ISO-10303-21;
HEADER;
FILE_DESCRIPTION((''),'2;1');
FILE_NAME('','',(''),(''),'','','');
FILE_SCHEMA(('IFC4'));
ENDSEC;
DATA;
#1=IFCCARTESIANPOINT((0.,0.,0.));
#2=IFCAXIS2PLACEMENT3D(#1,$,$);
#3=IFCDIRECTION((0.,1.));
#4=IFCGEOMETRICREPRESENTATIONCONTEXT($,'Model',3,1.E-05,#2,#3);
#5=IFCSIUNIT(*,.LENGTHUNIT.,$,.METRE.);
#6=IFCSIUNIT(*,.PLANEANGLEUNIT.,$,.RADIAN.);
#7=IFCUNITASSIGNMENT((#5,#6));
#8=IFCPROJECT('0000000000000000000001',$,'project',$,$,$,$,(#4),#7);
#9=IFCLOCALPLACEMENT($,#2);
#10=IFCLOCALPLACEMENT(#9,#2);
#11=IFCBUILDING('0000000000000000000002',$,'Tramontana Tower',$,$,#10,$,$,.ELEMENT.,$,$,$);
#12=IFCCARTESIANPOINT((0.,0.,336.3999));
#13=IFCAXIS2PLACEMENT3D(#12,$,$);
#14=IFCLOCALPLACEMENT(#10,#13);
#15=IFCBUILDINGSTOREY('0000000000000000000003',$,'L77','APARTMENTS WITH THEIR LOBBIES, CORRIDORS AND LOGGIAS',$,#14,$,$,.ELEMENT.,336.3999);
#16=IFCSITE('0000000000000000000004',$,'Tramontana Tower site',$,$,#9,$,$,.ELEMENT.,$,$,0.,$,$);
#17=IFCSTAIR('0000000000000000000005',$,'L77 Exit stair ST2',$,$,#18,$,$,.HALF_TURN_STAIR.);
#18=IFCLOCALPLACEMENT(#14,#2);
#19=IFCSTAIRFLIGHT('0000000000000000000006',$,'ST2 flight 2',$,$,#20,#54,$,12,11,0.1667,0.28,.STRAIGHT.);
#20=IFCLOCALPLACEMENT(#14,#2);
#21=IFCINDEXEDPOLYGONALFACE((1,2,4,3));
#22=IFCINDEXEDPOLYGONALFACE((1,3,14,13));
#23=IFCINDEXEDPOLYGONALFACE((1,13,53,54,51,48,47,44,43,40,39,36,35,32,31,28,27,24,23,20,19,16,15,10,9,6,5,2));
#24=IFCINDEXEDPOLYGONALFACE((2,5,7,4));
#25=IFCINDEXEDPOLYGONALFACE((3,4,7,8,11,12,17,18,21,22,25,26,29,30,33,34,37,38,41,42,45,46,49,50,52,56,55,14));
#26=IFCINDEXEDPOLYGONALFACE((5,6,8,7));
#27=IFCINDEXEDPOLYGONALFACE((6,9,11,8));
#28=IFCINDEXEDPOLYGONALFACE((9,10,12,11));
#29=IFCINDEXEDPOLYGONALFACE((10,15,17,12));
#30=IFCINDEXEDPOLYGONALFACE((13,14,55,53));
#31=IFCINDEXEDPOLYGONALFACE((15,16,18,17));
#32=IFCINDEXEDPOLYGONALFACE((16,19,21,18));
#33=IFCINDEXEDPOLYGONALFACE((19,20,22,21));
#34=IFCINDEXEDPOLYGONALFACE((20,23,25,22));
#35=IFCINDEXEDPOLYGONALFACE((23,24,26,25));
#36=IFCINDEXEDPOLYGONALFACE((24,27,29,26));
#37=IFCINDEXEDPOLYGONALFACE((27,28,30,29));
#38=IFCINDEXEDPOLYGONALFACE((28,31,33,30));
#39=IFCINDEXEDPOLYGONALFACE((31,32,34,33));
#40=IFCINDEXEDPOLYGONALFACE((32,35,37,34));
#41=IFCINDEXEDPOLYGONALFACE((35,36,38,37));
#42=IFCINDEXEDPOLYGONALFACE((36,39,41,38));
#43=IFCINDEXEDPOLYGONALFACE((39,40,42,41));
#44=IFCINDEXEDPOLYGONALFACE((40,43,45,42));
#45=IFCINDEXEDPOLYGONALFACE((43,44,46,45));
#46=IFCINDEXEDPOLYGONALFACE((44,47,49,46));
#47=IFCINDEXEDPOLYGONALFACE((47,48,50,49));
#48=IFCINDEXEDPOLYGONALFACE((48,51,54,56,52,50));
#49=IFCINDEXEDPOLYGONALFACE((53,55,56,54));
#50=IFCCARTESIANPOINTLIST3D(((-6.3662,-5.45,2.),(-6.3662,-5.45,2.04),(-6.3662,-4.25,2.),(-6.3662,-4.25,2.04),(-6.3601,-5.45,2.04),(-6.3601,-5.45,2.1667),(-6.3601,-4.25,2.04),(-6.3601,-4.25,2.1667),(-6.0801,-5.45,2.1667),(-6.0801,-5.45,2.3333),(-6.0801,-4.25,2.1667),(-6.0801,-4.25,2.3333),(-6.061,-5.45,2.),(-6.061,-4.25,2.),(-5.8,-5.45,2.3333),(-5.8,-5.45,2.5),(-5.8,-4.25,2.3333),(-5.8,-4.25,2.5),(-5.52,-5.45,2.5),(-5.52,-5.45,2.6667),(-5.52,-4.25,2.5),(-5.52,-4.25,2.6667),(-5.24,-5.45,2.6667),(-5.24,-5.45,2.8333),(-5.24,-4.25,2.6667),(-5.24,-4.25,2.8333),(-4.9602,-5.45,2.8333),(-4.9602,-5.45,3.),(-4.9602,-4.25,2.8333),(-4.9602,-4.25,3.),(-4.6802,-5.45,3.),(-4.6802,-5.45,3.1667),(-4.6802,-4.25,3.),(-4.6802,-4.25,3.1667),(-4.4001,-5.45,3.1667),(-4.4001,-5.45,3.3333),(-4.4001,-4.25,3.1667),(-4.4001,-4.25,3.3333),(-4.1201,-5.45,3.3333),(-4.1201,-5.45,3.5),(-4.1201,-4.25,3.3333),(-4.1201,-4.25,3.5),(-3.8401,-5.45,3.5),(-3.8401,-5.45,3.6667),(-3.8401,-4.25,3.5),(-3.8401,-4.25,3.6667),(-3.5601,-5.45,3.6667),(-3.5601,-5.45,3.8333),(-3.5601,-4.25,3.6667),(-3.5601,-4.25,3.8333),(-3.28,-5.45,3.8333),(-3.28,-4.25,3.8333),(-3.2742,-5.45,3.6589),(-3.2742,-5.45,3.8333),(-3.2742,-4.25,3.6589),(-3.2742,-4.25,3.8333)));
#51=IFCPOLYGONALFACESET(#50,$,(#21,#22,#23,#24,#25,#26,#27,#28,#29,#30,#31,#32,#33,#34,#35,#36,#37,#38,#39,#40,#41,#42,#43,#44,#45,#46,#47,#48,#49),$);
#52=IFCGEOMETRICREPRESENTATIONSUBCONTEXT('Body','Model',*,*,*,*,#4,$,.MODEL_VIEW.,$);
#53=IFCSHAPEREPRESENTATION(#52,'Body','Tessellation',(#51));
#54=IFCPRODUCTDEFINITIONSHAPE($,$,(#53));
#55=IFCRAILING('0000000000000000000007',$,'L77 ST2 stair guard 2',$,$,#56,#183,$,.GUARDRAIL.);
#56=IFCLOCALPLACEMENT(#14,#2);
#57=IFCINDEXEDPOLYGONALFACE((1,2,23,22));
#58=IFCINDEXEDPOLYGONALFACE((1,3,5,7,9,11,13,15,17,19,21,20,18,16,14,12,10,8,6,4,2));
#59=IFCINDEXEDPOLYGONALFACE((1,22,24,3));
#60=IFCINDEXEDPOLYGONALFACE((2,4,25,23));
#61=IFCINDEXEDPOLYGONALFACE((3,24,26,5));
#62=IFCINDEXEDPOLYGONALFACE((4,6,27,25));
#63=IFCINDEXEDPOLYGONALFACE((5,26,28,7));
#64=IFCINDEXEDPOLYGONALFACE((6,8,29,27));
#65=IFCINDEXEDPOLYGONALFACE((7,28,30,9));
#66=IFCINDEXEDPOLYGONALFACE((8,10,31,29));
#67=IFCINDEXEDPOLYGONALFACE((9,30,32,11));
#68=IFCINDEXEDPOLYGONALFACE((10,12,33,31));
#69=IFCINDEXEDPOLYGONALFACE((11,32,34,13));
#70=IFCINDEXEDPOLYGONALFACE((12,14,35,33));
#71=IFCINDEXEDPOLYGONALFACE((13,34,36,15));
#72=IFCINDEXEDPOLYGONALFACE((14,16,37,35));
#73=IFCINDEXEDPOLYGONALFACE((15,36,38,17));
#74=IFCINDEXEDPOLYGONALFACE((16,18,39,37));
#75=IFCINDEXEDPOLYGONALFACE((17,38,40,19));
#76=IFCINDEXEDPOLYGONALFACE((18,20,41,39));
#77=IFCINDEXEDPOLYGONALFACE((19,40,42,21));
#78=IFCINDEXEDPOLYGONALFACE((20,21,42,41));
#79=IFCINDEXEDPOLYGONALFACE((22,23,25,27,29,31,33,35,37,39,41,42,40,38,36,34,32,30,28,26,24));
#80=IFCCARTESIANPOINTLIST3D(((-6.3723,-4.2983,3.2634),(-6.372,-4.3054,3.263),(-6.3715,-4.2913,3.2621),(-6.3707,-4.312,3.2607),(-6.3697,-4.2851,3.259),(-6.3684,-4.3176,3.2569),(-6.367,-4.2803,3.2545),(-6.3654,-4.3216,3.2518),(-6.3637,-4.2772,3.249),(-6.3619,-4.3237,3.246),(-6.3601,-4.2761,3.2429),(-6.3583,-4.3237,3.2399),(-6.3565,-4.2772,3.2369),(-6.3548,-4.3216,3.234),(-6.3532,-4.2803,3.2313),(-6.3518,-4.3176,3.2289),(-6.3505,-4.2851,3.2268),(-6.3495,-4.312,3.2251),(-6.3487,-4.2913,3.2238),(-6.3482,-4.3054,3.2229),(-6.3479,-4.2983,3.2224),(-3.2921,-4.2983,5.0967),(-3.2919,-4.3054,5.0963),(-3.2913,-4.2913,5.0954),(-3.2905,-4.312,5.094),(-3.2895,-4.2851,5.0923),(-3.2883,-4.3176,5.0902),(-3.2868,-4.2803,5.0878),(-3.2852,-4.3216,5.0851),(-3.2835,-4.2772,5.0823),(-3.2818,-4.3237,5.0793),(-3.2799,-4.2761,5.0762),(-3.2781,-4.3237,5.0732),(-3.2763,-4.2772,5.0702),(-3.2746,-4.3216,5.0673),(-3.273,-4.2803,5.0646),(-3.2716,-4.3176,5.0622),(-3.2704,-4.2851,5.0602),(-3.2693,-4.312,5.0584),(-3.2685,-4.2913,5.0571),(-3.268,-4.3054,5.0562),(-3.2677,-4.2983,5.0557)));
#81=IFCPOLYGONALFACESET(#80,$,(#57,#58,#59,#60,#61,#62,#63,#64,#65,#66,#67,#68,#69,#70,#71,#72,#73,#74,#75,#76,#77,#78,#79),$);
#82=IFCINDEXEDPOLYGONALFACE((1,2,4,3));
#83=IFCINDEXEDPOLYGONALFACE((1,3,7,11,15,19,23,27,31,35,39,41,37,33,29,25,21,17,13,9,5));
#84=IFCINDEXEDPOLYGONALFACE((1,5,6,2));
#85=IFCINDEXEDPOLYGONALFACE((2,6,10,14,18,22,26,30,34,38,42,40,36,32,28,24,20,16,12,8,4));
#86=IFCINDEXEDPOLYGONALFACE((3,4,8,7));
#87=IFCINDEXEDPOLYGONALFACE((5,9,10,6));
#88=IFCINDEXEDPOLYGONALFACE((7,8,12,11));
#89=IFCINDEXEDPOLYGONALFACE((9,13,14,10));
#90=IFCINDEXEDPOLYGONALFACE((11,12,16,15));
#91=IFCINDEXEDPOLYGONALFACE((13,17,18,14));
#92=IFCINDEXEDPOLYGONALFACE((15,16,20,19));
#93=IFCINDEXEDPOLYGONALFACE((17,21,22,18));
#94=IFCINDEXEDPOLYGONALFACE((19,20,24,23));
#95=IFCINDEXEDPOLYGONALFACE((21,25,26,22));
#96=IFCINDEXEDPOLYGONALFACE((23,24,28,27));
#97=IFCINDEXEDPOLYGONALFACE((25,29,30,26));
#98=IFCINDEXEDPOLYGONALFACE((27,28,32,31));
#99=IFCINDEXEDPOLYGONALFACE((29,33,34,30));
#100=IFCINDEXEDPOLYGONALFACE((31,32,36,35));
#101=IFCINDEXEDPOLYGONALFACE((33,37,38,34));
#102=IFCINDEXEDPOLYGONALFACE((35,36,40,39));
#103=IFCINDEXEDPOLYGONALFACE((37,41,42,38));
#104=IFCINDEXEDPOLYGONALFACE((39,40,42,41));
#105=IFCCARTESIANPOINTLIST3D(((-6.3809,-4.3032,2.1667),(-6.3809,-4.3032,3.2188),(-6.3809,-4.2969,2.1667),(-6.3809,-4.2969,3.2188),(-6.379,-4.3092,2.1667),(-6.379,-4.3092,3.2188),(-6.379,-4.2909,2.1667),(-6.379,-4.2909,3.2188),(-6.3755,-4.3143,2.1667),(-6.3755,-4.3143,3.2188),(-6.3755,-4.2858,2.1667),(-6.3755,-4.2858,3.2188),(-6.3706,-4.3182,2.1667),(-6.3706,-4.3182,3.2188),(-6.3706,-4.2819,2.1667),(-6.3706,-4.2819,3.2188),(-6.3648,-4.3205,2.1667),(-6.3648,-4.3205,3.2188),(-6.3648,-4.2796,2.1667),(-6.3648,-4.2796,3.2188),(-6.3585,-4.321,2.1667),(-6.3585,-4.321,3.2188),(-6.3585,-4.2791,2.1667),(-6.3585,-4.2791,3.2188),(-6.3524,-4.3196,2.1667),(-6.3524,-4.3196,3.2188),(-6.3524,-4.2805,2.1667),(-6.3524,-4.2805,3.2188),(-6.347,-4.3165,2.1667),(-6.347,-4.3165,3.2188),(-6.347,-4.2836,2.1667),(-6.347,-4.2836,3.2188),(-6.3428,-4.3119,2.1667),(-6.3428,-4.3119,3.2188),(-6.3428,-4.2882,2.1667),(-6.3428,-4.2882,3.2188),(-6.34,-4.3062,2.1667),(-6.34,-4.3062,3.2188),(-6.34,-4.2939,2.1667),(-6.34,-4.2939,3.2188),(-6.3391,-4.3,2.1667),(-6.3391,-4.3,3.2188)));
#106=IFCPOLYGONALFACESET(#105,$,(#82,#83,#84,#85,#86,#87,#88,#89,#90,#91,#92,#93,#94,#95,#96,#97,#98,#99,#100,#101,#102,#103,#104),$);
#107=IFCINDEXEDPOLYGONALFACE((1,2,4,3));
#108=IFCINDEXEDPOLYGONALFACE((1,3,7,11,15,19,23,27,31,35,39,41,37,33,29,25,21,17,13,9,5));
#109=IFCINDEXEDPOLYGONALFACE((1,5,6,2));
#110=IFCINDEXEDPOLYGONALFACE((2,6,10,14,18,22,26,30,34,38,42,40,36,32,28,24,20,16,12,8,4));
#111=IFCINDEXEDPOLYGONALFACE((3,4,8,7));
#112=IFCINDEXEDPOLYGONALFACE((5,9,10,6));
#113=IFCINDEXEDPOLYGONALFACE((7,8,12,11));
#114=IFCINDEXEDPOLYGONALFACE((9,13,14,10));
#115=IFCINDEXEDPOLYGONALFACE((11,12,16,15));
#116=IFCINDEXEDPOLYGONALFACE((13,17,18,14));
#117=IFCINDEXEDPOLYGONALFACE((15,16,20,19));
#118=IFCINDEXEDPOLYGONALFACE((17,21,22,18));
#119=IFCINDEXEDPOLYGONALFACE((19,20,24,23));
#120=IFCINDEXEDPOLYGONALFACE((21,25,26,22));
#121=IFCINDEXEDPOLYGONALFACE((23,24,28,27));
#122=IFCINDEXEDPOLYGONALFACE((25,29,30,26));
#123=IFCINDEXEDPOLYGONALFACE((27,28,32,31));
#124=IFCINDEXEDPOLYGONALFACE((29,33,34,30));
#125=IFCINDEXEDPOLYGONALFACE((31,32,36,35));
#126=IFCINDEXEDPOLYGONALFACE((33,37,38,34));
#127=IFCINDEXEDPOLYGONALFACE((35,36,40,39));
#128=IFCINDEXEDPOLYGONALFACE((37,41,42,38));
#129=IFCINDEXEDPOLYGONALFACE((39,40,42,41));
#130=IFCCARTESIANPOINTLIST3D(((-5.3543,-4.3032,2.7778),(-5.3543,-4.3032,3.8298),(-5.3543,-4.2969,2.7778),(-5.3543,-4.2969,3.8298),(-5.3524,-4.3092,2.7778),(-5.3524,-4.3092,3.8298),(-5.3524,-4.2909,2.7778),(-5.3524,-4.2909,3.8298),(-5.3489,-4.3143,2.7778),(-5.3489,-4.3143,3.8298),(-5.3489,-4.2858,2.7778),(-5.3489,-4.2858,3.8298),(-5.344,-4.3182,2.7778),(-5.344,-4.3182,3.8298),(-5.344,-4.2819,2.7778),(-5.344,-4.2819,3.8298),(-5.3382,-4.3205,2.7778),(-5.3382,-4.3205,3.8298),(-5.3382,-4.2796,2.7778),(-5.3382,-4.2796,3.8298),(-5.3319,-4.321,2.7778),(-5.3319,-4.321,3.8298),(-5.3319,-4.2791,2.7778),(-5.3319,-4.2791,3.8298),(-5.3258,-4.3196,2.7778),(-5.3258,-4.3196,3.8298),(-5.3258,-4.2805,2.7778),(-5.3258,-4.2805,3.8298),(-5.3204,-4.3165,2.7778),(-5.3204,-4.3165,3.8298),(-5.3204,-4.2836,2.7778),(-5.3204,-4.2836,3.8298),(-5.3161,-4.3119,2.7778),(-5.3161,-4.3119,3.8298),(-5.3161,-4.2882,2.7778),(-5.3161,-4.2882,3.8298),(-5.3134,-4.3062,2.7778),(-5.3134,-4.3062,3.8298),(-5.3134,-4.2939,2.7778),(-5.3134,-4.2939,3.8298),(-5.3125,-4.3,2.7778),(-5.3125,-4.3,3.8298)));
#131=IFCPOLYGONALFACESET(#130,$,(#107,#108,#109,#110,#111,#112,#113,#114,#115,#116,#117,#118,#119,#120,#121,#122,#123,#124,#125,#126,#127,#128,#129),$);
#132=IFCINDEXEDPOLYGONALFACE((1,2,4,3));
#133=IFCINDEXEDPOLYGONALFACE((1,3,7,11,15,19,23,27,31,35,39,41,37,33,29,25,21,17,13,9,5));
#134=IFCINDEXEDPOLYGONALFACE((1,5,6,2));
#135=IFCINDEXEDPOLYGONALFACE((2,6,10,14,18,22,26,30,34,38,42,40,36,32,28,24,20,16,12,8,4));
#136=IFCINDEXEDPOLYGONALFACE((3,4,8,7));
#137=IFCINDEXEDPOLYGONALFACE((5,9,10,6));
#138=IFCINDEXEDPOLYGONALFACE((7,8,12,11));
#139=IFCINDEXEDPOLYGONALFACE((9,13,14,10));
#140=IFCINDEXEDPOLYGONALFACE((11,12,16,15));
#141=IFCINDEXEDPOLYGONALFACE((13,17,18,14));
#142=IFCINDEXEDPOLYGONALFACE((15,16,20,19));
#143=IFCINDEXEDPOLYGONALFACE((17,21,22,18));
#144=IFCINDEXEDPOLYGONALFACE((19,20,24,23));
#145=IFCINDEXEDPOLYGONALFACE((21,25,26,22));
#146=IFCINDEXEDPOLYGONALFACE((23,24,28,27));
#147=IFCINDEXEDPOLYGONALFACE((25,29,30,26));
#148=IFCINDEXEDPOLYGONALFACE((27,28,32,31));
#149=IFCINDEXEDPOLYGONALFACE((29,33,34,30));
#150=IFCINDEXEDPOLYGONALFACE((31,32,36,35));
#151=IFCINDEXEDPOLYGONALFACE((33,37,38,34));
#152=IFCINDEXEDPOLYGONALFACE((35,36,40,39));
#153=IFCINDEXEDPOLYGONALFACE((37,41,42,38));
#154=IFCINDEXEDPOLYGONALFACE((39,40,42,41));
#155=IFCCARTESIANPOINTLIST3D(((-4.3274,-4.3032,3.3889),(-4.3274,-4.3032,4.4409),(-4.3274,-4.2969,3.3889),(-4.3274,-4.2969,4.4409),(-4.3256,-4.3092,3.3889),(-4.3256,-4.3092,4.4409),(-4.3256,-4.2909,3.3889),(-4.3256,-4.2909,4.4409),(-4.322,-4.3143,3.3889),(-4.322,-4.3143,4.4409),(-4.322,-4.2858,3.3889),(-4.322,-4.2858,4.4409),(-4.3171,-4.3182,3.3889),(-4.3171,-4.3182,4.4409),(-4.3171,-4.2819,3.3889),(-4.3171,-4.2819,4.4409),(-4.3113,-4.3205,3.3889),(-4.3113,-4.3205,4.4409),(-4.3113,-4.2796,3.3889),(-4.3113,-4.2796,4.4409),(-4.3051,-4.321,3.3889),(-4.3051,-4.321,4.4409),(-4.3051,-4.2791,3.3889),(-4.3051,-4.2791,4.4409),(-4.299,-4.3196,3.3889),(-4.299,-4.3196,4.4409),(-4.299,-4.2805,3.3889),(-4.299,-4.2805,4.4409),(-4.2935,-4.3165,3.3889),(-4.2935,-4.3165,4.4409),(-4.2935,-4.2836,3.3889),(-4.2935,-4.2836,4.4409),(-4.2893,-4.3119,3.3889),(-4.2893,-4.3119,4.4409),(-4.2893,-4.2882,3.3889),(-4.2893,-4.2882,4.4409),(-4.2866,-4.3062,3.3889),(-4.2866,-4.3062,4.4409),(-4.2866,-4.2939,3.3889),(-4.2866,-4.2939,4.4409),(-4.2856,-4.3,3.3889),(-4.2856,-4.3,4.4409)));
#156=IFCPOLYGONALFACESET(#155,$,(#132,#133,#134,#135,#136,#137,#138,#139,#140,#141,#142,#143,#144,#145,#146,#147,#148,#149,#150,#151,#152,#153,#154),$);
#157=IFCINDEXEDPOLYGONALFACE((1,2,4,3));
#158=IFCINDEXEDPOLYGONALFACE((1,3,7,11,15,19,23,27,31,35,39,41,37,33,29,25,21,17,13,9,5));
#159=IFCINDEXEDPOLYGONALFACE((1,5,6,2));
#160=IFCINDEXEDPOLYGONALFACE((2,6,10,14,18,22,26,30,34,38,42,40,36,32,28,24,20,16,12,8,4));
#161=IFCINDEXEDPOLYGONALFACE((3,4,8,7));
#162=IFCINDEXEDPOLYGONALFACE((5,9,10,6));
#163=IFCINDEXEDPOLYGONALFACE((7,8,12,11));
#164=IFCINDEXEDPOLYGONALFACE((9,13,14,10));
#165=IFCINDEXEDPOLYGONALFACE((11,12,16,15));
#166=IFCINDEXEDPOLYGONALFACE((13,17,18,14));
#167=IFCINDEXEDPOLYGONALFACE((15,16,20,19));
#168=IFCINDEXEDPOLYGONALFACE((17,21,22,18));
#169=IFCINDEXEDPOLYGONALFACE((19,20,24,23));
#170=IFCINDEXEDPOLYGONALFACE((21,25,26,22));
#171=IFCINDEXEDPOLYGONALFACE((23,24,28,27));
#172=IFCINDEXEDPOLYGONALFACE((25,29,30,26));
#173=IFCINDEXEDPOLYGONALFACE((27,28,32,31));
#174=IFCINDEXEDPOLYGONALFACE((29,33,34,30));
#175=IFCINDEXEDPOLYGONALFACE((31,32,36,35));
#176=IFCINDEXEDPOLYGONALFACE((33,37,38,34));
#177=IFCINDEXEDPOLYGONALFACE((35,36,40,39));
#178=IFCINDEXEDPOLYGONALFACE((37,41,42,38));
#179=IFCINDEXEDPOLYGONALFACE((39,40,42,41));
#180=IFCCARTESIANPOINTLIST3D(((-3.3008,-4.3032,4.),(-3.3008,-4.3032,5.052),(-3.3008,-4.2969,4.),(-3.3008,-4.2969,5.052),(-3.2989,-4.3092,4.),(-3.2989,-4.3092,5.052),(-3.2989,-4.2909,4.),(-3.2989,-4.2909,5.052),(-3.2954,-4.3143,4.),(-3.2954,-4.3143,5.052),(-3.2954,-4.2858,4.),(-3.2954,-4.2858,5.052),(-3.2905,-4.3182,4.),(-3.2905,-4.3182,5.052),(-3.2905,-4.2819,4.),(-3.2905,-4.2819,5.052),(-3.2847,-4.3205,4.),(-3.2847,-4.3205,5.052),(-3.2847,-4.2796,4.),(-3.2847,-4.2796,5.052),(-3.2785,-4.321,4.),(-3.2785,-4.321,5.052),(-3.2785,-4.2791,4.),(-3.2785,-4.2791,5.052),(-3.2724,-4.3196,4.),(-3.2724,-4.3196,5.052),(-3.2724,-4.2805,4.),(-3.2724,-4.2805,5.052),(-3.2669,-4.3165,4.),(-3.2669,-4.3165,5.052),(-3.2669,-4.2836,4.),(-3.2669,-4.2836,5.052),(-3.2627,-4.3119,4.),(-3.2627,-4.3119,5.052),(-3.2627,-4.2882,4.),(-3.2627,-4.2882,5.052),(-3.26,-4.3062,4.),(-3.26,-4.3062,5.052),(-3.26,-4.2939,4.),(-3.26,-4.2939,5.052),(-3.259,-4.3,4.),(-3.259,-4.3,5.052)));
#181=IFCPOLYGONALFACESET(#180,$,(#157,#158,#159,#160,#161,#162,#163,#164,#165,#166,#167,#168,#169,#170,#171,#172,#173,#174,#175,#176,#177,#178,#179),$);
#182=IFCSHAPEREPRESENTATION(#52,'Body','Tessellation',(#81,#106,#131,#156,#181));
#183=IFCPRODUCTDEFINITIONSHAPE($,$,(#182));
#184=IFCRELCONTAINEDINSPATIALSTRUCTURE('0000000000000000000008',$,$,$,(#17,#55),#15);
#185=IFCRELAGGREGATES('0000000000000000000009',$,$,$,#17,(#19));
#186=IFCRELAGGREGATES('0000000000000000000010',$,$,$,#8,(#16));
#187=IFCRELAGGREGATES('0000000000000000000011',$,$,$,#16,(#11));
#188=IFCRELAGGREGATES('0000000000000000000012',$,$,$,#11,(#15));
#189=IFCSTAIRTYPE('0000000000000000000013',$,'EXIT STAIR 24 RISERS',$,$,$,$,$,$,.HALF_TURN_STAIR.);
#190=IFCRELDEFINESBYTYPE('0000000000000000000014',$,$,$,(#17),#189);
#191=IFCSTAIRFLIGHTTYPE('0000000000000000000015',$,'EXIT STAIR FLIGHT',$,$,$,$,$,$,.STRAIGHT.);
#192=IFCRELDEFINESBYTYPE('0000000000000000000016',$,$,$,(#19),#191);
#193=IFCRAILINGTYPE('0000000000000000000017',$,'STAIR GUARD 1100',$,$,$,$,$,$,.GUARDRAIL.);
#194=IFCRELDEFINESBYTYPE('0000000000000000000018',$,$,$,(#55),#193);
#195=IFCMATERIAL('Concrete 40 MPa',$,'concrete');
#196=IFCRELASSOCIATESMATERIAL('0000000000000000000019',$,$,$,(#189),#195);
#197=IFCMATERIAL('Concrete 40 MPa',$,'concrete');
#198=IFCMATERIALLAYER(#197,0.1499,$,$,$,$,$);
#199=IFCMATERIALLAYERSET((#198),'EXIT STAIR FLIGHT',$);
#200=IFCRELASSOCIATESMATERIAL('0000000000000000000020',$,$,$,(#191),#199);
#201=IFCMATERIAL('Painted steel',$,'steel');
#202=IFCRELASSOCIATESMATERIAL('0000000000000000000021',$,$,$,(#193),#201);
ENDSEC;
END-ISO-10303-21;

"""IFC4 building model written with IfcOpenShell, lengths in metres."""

from ifc_helpers import new_model, si_unit, direction, frame, origin, origin_2d, place, context, subcontext, project, spatial, polyline, circle, outline, extrude, material, layer, layer_set, type_object, element, aggregate, save


model = new_model("IFC4")

# Units and contexts
model_context = context("Model", 3, precision=1e-05, world=origin(), true_north=direction((0.0, 1.0)))
body_context = subcontext(model_context, "Body", "Model", "MODEL_VIEW")
ifc_project = project(units=[si_unit("LENGTHUNIT", "METRE"), si_unit("PLANEANGLEUNIT", "RADIAN")], contexts=[model_context])

# Site, building, storey
site_placement = place(None, origin())
site = spatial("IfcSite", under=ifc_project, at=site_placement, Name="Tramontana Tower site", CompositionType="ELEMENT", RefElevation=0.0)
building_placement = place(site_placement, origin())
building = spatial("IfcBuilding", under=site, at=building_placement, Name="Tramontana Tower", CompositionType="ELEMENT")
storey_placement = place(building_placement, frame((0.0, 0.0, 336.3999)))
storey = spatial("IfcBuildingStorey", under=building, at=storey_placement, Name="L77", Description="APARTMENTS WITH THEIR LOBBIES, CORRIDORS AND LOGGIAS", CompositionType="ELEMENT", Elevation=336.3999)

# Stair, stair flight
ifc_material_1 = material(Name="Concrete 40 MPa", Category="concrete")
stair_type = type_object("IfcStairType", Name="EXIT STAIR 24 RISERS", PredefinedType="HALF_TURN_STAIR", material=ifc_material_1)
stair_placement = place(storey_placement, origin())
stair = element("IfcStair", 1, at=stair_placement, inside=storey, type_object=stair_type, Name="L77 Exit stair ST2", PredefinedType="HALF_TURN_STAIR")
ifc_material_2 = material(Name="Concrete 40 MPa", Category="concrete")
ifc_layer_1 = layer(ifc_material_2, 0.1499)
ifc_layer_set_1 = layer_set([ifc_layer_1], Name="EXIT STAIR FLIGHT")
stair_flight_type = type_object("IfcStairFlightType", Name="EXIT STAIR FLIGHT", PredefinedType="STRAIGHT", material=ifc_layer_set_1)
stair_flight_placement = place(storey_placement, frame((-6.3601, -4.8501, 2.0), z_axis=(0.0, 0.0, 1.0), x_axis=(1.0, 0.0, 0.0)))
stair_flight = element("IfcStairFlight", 2, at=stair_flight_placement, type_object=stair_flight_type, Name="ST2 flight 2", NumberOfRisers=12, NumberOfTreads=11, PredefinedType="STRAIGHT", RiserHeight=0.1667, TreadLength=0.28, context=body_context, shape_type="SweptSolid", body=[
    extrude(outline(polyline([(-0.0061, 0.0), (-0.0061, 0.04), (0.0, 0.04), (0.0, 0.1667), (0.28, 0.1667), (0.28, 0.3333), (0.5601, 0.3333), (0.5601, 0.5), (0.8401, 0.5), (0.8401, 0.6667), (1.1201, 0.6667), (1.1201, 0.8333), (1.3999, 0.8333), (1.3999, 1.0), (1.6799, 1.0), (1.6799, 1.1667), (1.96, 1.1667), (1.96, 1.3333), (2.24, 1.3333), (2.24, 1.5), (2.52, 1.5), (2.52, 1.6667), (2.8, 1.6667), (2.8, 1.8333), (3.0801, 1.8333), (3.0859, 1.8333), (3.0859, 1.6589), (0.2991, 0.0), (-0.0061, 0.0)])), frame((0.0, 0.6001, 0.0), z_axis=(0.0, -1.0, 0.0), x_axis=(1.0, 0.0, 0.0)), (0.0, 0.0, 1.0), 1.2),
])
aggregate(stair, [stair_flight])

# Railing
ifc_material_3 = material(Name="Painted steel", Category="steel")
railing_type_1 = type_object("IfcRailingType", Name="STAIR GUARD 1100", PredefinedType="GUARDRAIL", material=ifc_material_3)
railing_1_placement = place(storey_placement, frame((-6.3601, -4.3, 2.1667)))
element("IfcRailing", 3, at=railing_1_placement, inside=storey, type_object=railing_type_1, Name="L77 ST2 stair guard 2", PredefinedType="GUARDRAIL", context=body_context, shape_type="SweptSolid", body=[
    extrude(circle(Radius=0.0239, at=origin_2d()), frame((0.0, 0.0, 1.0762), z_axis=(0.859309, 0.0, 0.511458), x_axis=(0.0, 1.0, 0.0)), (0.0, 0.0, 1.0), 3.5845),
    extrude(circle(Radius=0.021, at=origin_2d()), origin(), (0.0, 0.0, 1.0), 1.052),
    extrude(circle(Radius=0.021, at=origin_2d()), frame((1.0266, 0.0, 0.6111)), (0.0, 0.0, 1.0), 1.052),
    extrude(circle(Radius=0.021, at=origin_2d()), frame((2.0535, 0.0, 1.2222)), (0.0, 0.0, 1.0), 1.052),
    extrude(circle(Radius=0.021, at=origin_2d()), frame((3.0801, 0.0, 1.8333)), (0.0, 0.0, 1.0), 1.052),
])

save(model, "model.ifc")
